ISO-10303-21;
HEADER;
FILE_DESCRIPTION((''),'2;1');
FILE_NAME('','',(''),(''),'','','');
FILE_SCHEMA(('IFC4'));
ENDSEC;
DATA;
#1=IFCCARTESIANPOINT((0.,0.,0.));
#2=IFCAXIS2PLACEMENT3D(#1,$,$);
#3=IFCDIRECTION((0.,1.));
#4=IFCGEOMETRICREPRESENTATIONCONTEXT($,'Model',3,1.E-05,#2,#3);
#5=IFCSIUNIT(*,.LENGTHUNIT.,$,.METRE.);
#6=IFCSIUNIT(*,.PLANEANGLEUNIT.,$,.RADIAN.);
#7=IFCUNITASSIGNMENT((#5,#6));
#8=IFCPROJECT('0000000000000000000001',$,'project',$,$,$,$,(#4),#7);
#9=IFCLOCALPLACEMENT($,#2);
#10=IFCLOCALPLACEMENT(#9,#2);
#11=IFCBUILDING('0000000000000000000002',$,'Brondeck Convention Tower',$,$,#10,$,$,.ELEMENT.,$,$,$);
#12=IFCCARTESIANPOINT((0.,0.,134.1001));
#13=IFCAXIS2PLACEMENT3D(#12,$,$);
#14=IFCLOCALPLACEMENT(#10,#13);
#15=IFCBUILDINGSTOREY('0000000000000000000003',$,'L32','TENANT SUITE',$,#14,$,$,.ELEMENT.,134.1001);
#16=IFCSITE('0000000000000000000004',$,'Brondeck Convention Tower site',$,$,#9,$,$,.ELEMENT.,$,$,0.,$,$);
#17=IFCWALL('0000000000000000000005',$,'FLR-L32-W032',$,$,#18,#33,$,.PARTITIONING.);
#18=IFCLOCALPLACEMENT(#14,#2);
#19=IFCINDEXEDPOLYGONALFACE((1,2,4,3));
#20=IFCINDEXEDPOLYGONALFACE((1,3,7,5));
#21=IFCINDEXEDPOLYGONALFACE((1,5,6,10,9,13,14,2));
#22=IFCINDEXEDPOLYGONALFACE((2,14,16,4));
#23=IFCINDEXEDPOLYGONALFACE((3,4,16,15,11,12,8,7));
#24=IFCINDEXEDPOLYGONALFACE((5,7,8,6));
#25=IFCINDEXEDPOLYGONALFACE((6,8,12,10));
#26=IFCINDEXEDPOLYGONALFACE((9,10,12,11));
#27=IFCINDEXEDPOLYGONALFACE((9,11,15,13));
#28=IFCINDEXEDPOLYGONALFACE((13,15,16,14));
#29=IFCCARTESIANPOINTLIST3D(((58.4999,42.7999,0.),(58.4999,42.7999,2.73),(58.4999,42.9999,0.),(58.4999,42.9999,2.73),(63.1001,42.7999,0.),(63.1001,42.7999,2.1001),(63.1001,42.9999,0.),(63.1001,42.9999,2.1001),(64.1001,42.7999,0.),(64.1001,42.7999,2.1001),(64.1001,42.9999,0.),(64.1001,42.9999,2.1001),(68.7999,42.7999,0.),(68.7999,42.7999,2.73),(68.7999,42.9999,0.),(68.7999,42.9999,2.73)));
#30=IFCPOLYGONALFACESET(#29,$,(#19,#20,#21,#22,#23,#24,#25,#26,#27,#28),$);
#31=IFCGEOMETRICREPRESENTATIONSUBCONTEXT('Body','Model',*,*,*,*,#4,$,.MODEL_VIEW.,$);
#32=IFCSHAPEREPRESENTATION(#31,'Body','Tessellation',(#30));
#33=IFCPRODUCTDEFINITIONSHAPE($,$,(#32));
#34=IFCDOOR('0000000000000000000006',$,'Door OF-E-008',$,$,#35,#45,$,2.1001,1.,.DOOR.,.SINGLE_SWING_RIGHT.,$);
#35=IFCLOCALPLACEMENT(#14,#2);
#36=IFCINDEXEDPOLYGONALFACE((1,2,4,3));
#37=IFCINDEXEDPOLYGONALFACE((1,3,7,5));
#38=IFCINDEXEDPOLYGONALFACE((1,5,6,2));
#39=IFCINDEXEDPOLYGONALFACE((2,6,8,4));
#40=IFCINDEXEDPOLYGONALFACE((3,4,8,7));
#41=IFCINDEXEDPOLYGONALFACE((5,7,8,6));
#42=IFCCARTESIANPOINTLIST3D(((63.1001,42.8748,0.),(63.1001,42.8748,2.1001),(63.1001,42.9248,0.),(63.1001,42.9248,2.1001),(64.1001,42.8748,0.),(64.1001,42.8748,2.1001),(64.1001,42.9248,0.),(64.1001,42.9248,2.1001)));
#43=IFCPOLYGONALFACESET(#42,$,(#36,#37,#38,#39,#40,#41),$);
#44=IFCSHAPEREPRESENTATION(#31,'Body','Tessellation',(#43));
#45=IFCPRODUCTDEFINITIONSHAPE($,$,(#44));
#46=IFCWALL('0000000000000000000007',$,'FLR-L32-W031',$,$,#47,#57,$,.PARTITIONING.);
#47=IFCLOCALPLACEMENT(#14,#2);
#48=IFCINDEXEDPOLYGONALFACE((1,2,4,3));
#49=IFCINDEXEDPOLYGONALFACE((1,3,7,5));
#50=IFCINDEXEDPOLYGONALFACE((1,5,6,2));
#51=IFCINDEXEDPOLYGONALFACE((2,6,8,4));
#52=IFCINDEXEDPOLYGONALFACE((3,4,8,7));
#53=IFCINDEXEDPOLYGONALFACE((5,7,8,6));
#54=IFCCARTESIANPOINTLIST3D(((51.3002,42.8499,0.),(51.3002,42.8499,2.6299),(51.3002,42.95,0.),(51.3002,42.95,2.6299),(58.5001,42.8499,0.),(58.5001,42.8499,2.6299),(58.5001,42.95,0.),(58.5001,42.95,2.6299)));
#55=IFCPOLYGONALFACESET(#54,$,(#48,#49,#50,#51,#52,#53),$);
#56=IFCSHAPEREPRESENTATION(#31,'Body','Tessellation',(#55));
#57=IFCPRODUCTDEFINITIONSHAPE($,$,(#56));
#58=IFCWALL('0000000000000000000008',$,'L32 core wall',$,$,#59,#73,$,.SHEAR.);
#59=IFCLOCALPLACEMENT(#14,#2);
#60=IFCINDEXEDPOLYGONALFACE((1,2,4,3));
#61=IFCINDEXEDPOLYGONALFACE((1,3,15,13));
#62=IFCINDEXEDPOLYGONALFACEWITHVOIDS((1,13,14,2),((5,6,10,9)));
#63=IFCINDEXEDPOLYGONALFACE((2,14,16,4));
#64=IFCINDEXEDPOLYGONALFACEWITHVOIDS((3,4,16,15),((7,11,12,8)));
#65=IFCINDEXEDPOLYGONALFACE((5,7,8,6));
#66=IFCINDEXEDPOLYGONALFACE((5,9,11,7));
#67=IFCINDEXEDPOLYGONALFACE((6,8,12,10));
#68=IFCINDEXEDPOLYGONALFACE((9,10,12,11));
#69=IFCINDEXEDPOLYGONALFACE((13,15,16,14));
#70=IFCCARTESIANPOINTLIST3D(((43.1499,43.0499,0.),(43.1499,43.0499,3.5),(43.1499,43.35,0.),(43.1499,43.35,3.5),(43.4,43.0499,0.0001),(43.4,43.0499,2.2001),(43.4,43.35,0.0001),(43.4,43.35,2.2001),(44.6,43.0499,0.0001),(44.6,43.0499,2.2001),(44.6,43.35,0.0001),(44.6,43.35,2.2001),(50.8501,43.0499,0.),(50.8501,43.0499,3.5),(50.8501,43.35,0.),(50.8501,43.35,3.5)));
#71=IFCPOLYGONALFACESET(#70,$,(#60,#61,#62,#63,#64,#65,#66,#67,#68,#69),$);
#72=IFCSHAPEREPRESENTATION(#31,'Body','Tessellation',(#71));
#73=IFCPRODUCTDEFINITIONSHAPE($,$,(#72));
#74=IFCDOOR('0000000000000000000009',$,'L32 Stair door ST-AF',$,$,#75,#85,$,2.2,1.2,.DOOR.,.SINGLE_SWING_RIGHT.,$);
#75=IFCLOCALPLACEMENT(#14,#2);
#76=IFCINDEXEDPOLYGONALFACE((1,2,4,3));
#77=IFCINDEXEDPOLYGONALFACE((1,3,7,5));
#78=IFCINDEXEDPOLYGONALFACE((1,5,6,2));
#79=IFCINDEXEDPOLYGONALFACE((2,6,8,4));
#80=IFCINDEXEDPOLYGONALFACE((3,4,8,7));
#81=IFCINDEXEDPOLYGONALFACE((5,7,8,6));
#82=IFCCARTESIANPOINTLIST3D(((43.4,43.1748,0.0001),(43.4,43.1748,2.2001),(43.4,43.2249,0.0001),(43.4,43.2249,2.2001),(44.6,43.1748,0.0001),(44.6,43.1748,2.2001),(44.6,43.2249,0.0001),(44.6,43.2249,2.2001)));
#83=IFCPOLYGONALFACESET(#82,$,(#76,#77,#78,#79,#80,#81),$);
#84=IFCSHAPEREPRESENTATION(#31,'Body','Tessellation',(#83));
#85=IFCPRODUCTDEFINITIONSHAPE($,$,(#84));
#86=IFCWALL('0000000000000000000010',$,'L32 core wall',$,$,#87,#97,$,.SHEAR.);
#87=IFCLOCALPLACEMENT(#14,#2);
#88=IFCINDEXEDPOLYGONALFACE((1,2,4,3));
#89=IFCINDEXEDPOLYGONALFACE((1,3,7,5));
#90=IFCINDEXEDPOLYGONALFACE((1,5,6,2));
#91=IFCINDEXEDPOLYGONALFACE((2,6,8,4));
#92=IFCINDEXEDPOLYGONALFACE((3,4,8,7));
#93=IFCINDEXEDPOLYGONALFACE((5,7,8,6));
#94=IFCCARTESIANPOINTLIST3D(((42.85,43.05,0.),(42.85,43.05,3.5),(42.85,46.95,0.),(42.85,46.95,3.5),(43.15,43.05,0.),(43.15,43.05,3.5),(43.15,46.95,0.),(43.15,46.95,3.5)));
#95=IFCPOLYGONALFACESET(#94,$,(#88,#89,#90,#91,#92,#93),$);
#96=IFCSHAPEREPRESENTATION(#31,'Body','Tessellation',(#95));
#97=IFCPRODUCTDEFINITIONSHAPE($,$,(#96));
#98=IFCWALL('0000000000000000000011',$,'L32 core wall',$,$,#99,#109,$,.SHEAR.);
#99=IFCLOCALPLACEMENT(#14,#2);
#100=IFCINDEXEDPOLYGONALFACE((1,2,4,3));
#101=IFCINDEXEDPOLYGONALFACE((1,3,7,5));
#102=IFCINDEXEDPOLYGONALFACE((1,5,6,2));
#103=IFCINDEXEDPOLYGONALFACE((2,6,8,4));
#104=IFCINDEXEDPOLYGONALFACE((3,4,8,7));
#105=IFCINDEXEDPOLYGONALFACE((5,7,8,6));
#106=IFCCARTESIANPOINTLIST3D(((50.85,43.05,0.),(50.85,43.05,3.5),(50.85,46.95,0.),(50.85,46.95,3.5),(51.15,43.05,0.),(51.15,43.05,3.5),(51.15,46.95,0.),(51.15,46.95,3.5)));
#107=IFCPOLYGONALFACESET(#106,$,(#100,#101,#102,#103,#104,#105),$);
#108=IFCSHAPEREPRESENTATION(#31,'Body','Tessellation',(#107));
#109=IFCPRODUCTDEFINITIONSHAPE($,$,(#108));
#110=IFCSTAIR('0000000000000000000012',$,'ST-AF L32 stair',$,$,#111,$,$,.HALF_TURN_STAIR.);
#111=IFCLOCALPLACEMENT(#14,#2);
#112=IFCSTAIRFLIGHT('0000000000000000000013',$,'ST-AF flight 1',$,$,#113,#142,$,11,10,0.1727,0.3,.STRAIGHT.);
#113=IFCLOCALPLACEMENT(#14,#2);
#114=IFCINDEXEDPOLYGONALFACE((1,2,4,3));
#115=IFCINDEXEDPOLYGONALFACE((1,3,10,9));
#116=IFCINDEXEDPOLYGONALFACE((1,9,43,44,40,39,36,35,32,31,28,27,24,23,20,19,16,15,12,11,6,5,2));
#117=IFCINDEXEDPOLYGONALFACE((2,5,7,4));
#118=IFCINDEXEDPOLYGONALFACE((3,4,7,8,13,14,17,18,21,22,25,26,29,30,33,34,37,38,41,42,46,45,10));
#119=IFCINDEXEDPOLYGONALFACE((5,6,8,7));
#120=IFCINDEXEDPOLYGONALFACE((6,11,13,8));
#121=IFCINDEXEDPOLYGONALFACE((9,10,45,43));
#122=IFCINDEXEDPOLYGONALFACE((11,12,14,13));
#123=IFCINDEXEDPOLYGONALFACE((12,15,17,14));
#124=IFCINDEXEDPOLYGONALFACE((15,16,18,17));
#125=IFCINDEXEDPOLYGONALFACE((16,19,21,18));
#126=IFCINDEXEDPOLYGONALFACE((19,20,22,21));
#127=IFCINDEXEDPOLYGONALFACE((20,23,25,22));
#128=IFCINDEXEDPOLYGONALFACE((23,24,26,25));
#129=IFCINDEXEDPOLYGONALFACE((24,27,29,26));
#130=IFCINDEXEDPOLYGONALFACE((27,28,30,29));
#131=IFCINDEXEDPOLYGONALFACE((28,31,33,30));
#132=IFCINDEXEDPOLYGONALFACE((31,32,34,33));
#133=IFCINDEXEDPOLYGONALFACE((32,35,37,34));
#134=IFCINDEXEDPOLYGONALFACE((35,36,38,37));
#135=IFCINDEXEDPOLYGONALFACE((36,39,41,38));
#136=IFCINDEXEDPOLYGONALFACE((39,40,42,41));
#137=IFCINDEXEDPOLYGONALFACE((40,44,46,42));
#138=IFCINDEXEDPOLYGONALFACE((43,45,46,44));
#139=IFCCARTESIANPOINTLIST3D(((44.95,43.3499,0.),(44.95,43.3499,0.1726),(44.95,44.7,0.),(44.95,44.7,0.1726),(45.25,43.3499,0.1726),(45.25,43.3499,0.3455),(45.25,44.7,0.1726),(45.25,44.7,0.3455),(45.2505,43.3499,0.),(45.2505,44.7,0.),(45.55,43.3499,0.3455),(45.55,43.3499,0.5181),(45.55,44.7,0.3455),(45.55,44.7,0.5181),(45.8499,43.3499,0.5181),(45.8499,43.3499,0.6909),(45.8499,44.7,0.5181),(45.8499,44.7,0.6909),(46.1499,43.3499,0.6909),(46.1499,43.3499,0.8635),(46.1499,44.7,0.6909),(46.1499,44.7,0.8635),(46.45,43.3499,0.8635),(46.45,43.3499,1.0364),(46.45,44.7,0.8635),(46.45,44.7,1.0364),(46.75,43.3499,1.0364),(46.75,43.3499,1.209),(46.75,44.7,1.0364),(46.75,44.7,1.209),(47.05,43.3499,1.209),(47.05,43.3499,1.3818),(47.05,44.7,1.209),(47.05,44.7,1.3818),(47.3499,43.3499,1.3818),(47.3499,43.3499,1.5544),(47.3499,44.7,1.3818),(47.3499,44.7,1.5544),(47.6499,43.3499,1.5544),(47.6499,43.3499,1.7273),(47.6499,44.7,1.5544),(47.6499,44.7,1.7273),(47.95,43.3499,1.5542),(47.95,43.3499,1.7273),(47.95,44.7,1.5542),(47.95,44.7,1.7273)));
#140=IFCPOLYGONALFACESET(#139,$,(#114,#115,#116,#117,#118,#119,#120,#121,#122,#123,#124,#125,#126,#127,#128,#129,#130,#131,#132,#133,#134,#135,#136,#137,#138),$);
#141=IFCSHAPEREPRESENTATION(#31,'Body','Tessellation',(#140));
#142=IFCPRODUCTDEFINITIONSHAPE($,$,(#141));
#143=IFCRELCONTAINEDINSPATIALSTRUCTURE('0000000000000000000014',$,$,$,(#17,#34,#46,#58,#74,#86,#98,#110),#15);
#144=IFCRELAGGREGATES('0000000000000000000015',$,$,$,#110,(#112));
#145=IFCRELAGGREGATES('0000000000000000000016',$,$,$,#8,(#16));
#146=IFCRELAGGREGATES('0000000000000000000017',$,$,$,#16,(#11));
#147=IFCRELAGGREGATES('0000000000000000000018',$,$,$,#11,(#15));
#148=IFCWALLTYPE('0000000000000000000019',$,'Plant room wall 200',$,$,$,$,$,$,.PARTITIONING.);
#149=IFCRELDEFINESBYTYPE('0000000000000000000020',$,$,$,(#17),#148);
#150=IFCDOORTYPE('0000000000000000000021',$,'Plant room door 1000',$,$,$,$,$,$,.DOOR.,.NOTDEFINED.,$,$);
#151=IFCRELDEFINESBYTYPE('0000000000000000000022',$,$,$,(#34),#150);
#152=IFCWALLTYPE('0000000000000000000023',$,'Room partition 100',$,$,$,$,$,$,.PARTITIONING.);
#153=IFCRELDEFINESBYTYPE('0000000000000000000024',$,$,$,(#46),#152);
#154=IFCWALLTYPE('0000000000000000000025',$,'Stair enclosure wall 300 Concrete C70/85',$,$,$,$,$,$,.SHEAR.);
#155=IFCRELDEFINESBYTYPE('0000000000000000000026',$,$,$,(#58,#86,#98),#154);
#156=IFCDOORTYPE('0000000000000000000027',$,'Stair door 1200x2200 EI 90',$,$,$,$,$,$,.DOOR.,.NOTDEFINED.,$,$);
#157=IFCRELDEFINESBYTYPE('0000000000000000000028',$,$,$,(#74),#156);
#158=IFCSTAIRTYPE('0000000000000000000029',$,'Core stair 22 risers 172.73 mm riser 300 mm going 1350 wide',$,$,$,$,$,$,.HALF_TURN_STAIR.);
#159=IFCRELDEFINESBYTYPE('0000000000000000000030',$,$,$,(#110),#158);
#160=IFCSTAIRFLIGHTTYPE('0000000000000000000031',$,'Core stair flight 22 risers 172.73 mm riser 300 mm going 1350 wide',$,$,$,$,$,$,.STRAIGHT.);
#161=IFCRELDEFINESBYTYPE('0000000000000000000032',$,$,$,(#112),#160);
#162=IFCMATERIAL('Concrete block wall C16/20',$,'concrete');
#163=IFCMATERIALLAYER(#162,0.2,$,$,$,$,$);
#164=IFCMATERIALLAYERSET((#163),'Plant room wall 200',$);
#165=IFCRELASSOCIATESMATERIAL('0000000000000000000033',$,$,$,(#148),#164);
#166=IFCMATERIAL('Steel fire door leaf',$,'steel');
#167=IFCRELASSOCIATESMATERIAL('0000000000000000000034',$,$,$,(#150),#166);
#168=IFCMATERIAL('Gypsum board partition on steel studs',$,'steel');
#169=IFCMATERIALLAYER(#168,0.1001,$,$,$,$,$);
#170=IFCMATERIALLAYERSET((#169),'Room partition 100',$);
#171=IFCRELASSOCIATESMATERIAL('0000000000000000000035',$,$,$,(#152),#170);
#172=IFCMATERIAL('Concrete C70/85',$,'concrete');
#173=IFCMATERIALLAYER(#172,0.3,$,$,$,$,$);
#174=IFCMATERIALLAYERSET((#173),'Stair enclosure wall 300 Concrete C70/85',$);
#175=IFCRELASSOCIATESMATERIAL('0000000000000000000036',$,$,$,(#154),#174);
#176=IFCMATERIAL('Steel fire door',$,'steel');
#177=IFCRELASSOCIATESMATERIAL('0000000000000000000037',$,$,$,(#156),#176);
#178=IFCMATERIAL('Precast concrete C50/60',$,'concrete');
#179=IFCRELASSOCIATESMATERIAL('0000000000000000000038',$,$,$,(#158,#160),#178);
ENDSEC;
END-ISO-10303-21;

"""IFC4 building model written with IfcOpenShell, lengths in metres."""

from ifc_helpers import new_model, si_unit, direction, frame, frame_2d, origin, place, context, subcontext, project, spatial, polyline, rectangle, outline, extrude, material, layer, layer_set, type_object, element, fill, aggregate, save


model = new_model("IFC4")

# Units and contexts
model_context = context("Model", 3, precision=1e-05, world=origin(), true_north=direction((0.0, 1.0)))
body_context = subcontext(model_context, "Body", "Model", "MODEL_VIEW")
ifc_project = project(units=[si_unit("LENGTHUNIT", "METRE"), si_unit("PLANEANGLEUNIT", "RADIAN")], contexts=[model_context])

# Site, building, storey
site_placement = place(None, origin())
site = spatial("IfcSite", under=ifc_project, at=site_placement, Name="Brondeck Convention Tower site", CompositionType="ELEMENT", RefElevation=0.0)
building_placement = place(site_placement, origin())
building = spatial("IfcBuilding", under=site, at=building_placement, Name="Brondeck Convention Tower", CompositionType="ELEMENT")
storey_placement = place(building_placement, frame((0.0, 0.0, 134.1001)))
storey = spatial("IfcBuildingStorey", under=building, at=storey_placement, Name="L32", Description="TENANT SUITE", CompositionType="ELEMENT", Elevation=134.1001)

# Shared definitions
ifc_material_1 = material(Name="Concrete C70/85", Category="concrete")

# Wall, opening, door
ifc_material_2 = material(Name="Concrete block wall C16/20", Category="concrete")
ifc_layer_1 = layer(ifc_material_2, 0.2)
ifc_layer_set_1 = layer_set([ifc_layer_1], Name="Plant room wall 200")
wall_type_1 = type_object("IfcWallType", Name="Plant room wall 200", PredefinedType="PARTITIONING", material=ifc_layer_set_1)
wall_1_placement = place(storey_placement, frame((58.5, 42.8999, 0.0), z_axis=(0.0, 0.0, 1.0), x_axis=(1.0, 0.0, 0.0)))
wall_1 = element("IfcWall", 1, at=wall_1_placement, inside=storey, type_object=wall_type_1, Name="FLR-L32-W032", PredefinedType="PARTITIONING", context=body_context, shape_type="SweptSolid", body=[
    extrude(rectangle(XDim=10.3, YDim=0.2, at=frame_2d((5.1499, 0.0))), origin(), (0.0, 0.0, 1.0), 2.73),
])
opening_1_placement = place(wall_1_placement, frame((4.6001, 0.0, 0.0)))
opening_1 = element("IfcOpeningElement", 2, at=opening_1_placement, cuts=wall_1, PredefinedType="OPENING", context=body_context, shape_type="SweptSolid", body=[
    extrude(rectangle(XDim=1.0, YDim=2.1001, at=frame_2d((0.5, 1.05))), frame((0.0, 0.1099, 0.0), z_axis=(0.0, -1.0, 0.0), x_axis=(1.0, 0.0, 0.0)), (0.0, 0.0, 1.0), 0.22),
])
ifc_material_3 = material(Name="Steel fire door leaf", Category="steel")
door_type_1 = type_object("IfcDoorType", Name="Plant room door 1000", OperationType="NOTDEFINED", PredefinedType="DOOR", material=ifc_material_3)
door_1_placement = place(opening_1_placement, origin())
door_1 = element("IfcDoor", 3, at=door_1_placement, inside=storey, type_object=door_type_1, Name="Door OF-E-008", OperationType="SINGLE_SWING_RIGHT", OverallHeight=2.1001, OverallWidth=1.0, PredefinedType="DOOR", context=body_context, shape_type="SweptSolid", body=[
    extrude(rectangle(XDim=1.0, YDim=2.1001, at=frame_2d((0.5, 1.05))), frame((0.0, 0.0249, 0.0), z_axis=(0.0, -1.0, 0.0), x_axis=(1.0, 0.0, 0.0)), (0.0, 0.0, 1.0), 0.05),
])
fill(opening_1, door_1)

# Wall
ifc_material_4 = material(Name="Gypsum board partition on steel studs", Category="steel")
ifc_layer_2 = layer(ifc_material_4, 0.1001)
ifc_layer_set_2 = layer_set([ifc_layer_2], Name="Room partition 100")
wall_type_2 = type_object("IfcWallType", Name="Room partition 100", PredefinedType="PARTITIONING", material=ifc_layer_set_2)
wall_2_placement = place(storey_placement, frame((51.3, 42.8999, 0.0), z_axis=(0.0, 0.0, 1.0), x_axis=(1.0, 0.0, 0.0)))
element("IfcWall", 4, at=wall_2_placement, inside=storey, type_object=wall_type_2, Name="FLR-L32-W031", PredefinedType="PARTITIONING", context=body_context, shape_type="SweptSolid", body=[
    extrude(rectangle(XDim=7.2, YDim=0.1001, at=frame_2d((3.6001, 0.0))), origin(), (0.0, 0.0, 1.0), 2.6299),
])

# Wall, opening, door
ifc_layer_3 = layer(ifc_material_1, 0.3)
ifc_layer_set_3 = layer_set([ifc_layer_3], Name="Stair enclosure wall 300 Concrete C70/85")
wall_type_3 = type_object("IfcWallType", Name="Stair enclosure wall 300 Concrete C70/85", PredefinedType="SHEAR", material=ifc_layer_set_3)
wall_3_placement = place(storey_placement, frame((43.1499, 43.2, 0.0), z_axis=(0.0, 0.0, 1.0), x_axis=(1.0, 0.0, 0.0)))
wall_3 = element("IfcWall", 5, at=wall_3_placement, inside=storey, type_object=wall_type_3, Name="L32 core wall", PredefinedType="SHEAR", context=body_context, shape_type="SweptSolid", body=[
    extrude(rectangle(XDim=7.7002, YDim=0.3, at=frame_2d((3.8501, 0.0))), origin(), (0.0, 0.0, 1.0), 3.5),
])
opening_2_placement = place(wall_3_placement, frame((0.25, 0.0, 0.0)))
opening_2 = element("IfcOpeningElement", 6, at=opening_2_placement, cuts=wall_3, PredefinedType="OPENING", context=body_context, shape_type="SweptSolid", body=[
    extrude(rectangle(XDim=1.2, YDim=2.2, at=frame_2d((0.6001, 1.1001))), frame((0.0, 0.1599, 0.0), z_axis=(0.0, -1.0, 0.0), x_axis=(1.0, 0.0, 0.0)), (0.0, 0.0, 1.0), 0.3201),
])
ifc_material_5 = material(Name="Steel fire door", Category="steel")
door_type_2 = type_object("IfcDoorType", Name="Stair door 1200x2200 EI 90", OperationType="NOTDEFINED", PredefinedType="DOOR", material=ifc_material_5)
door_2_placement = place(opening_2_placement, origin())
door_2 = element("IfcDoor", 7, at=door_2_placement, inside=storey, type_object=door_type_2, Name="L32 Stair door ST-AF", OperationType="SINGLE_SWING_RIGHT", OverallHeight=2.2, OverallWidth=1.2, PredefinedType="DOOR", context=body_context, shape_type="SweptSolid", body=[
    extrude(rectangle(XDim=1.2, YDim=2.2, at=frame_2d((0.6001, 1.1001))), frame((0.0, 0.0249, 0.0), z_axis=(0.0, -1.0, 0.0), x_axis=(1.0, 0.0, 0.0)), (0.0, 0.0, 1.0), 0.05),
])
fill(opening_2, door_2)

# Walls
for number, where, z_axis, x_axis, name in (
    (8, (43.0, 43.05, 0.0), (0.0, 0.0, 1.0), (0.0, 1.0, 0.0), "L32 core wall"),
    (9, (51.0, 43.05, 0.0), (0.0, 0.0, 1.0), (0.0, 1.0, 0.0), "L32 core wall"),
):
    element("IfcWall", number, at=place(storey_placement, frame(where, z_axis=z_axis, x_axis=x_axis)), inside=storey, type_object=wall_type_3, Name=name, PredefinedType="SHEAR", context=body_context, shape_type="SweptSolid", body=[
        extrude(rectangle(XDim=3.8999, YDim=0.3, at=frame_2d((1.95, 0.0))), origin(), (0.0, 0.0, 1.0), 3.5),
    ])

# Stair, stair flight
ifc_material_6 = material(Name="Precast concrete C50/60", Category="concrete")
stair_type = type_object("IfcStairType", Name="Core stair 22 risers 172.73 mm riser 300 mm going 1350 wide", PredefinedType="HALF_TURN_STAIR", material=ifc_material_6)
stair_placement = place(storey_placement, origin())
stair = element("IfcStair", 10, at=stair_placement, inside=storey, type_object=stair_type, Name="ST-AF L32 stair", PredefinedType="HALF_TURN_STAIR")
stair_flight_type = type_object("IfcStairFlightType", Name="Core stair flight 22 risers 172.73 mm riser 300 mm going 1350 wide", PredefinedType="STRAIGHT", material=ifc_material_6)
stair_flight_placement = place(storey_placement, frame((44.95, 44.0249, 0.0), z_axis=(0.0, 0.0, 1.0), x_axis=(1.0, 0.0, 0.0)))
stair_flight = element("IfcStairFlight", 11, at=stair_flight_placement, type_object=stair_flight_type, Name="ST-AF flight 1", NumberOfRisers=11, NumberOfTreads=10, PredefinedType="STRAIGHT", RiserHeight=0.1727, TreadLength=0.3, context=body_context, shape_type="SweptSolid", body=[
    extrude(outline(polyline([(0.0, 0.0), (0.0, 0.1726), (0.3, 0.1726), (0.3, 0.3455), (0.6001, 0.3455), (0.6001, 0.5181), (0.8999, 0.5181), (0.8999, 0.6909), (1.2, 0.6909), (1.2, 0.8635), (1.5, 0.8635), (1.5, 1.0364), (1.8, 1.0364), (1.8, 1.209), (2.1001, 1.209), (2.1001, 1.3818), (2.3999, 1.3818), (2.3999, 1.5544), (2.7, 1.5544), (2.7, 1.7273), (3.0, 1.7273), (3.0, 1.8999), (3.0, 1.5542), (0.3005, 0.0), (0.0, 0.0)])), frame((0.0, 0.675, 0.0), z_axis=(0.0, -1.0, 0.0), x_axis=(1.0, 0.0, 0.0)), (0.0, 0.0, 1.0), 1.3501),
])
aggregate(stair, [stair_flight])

save(model, "model.ifc")
